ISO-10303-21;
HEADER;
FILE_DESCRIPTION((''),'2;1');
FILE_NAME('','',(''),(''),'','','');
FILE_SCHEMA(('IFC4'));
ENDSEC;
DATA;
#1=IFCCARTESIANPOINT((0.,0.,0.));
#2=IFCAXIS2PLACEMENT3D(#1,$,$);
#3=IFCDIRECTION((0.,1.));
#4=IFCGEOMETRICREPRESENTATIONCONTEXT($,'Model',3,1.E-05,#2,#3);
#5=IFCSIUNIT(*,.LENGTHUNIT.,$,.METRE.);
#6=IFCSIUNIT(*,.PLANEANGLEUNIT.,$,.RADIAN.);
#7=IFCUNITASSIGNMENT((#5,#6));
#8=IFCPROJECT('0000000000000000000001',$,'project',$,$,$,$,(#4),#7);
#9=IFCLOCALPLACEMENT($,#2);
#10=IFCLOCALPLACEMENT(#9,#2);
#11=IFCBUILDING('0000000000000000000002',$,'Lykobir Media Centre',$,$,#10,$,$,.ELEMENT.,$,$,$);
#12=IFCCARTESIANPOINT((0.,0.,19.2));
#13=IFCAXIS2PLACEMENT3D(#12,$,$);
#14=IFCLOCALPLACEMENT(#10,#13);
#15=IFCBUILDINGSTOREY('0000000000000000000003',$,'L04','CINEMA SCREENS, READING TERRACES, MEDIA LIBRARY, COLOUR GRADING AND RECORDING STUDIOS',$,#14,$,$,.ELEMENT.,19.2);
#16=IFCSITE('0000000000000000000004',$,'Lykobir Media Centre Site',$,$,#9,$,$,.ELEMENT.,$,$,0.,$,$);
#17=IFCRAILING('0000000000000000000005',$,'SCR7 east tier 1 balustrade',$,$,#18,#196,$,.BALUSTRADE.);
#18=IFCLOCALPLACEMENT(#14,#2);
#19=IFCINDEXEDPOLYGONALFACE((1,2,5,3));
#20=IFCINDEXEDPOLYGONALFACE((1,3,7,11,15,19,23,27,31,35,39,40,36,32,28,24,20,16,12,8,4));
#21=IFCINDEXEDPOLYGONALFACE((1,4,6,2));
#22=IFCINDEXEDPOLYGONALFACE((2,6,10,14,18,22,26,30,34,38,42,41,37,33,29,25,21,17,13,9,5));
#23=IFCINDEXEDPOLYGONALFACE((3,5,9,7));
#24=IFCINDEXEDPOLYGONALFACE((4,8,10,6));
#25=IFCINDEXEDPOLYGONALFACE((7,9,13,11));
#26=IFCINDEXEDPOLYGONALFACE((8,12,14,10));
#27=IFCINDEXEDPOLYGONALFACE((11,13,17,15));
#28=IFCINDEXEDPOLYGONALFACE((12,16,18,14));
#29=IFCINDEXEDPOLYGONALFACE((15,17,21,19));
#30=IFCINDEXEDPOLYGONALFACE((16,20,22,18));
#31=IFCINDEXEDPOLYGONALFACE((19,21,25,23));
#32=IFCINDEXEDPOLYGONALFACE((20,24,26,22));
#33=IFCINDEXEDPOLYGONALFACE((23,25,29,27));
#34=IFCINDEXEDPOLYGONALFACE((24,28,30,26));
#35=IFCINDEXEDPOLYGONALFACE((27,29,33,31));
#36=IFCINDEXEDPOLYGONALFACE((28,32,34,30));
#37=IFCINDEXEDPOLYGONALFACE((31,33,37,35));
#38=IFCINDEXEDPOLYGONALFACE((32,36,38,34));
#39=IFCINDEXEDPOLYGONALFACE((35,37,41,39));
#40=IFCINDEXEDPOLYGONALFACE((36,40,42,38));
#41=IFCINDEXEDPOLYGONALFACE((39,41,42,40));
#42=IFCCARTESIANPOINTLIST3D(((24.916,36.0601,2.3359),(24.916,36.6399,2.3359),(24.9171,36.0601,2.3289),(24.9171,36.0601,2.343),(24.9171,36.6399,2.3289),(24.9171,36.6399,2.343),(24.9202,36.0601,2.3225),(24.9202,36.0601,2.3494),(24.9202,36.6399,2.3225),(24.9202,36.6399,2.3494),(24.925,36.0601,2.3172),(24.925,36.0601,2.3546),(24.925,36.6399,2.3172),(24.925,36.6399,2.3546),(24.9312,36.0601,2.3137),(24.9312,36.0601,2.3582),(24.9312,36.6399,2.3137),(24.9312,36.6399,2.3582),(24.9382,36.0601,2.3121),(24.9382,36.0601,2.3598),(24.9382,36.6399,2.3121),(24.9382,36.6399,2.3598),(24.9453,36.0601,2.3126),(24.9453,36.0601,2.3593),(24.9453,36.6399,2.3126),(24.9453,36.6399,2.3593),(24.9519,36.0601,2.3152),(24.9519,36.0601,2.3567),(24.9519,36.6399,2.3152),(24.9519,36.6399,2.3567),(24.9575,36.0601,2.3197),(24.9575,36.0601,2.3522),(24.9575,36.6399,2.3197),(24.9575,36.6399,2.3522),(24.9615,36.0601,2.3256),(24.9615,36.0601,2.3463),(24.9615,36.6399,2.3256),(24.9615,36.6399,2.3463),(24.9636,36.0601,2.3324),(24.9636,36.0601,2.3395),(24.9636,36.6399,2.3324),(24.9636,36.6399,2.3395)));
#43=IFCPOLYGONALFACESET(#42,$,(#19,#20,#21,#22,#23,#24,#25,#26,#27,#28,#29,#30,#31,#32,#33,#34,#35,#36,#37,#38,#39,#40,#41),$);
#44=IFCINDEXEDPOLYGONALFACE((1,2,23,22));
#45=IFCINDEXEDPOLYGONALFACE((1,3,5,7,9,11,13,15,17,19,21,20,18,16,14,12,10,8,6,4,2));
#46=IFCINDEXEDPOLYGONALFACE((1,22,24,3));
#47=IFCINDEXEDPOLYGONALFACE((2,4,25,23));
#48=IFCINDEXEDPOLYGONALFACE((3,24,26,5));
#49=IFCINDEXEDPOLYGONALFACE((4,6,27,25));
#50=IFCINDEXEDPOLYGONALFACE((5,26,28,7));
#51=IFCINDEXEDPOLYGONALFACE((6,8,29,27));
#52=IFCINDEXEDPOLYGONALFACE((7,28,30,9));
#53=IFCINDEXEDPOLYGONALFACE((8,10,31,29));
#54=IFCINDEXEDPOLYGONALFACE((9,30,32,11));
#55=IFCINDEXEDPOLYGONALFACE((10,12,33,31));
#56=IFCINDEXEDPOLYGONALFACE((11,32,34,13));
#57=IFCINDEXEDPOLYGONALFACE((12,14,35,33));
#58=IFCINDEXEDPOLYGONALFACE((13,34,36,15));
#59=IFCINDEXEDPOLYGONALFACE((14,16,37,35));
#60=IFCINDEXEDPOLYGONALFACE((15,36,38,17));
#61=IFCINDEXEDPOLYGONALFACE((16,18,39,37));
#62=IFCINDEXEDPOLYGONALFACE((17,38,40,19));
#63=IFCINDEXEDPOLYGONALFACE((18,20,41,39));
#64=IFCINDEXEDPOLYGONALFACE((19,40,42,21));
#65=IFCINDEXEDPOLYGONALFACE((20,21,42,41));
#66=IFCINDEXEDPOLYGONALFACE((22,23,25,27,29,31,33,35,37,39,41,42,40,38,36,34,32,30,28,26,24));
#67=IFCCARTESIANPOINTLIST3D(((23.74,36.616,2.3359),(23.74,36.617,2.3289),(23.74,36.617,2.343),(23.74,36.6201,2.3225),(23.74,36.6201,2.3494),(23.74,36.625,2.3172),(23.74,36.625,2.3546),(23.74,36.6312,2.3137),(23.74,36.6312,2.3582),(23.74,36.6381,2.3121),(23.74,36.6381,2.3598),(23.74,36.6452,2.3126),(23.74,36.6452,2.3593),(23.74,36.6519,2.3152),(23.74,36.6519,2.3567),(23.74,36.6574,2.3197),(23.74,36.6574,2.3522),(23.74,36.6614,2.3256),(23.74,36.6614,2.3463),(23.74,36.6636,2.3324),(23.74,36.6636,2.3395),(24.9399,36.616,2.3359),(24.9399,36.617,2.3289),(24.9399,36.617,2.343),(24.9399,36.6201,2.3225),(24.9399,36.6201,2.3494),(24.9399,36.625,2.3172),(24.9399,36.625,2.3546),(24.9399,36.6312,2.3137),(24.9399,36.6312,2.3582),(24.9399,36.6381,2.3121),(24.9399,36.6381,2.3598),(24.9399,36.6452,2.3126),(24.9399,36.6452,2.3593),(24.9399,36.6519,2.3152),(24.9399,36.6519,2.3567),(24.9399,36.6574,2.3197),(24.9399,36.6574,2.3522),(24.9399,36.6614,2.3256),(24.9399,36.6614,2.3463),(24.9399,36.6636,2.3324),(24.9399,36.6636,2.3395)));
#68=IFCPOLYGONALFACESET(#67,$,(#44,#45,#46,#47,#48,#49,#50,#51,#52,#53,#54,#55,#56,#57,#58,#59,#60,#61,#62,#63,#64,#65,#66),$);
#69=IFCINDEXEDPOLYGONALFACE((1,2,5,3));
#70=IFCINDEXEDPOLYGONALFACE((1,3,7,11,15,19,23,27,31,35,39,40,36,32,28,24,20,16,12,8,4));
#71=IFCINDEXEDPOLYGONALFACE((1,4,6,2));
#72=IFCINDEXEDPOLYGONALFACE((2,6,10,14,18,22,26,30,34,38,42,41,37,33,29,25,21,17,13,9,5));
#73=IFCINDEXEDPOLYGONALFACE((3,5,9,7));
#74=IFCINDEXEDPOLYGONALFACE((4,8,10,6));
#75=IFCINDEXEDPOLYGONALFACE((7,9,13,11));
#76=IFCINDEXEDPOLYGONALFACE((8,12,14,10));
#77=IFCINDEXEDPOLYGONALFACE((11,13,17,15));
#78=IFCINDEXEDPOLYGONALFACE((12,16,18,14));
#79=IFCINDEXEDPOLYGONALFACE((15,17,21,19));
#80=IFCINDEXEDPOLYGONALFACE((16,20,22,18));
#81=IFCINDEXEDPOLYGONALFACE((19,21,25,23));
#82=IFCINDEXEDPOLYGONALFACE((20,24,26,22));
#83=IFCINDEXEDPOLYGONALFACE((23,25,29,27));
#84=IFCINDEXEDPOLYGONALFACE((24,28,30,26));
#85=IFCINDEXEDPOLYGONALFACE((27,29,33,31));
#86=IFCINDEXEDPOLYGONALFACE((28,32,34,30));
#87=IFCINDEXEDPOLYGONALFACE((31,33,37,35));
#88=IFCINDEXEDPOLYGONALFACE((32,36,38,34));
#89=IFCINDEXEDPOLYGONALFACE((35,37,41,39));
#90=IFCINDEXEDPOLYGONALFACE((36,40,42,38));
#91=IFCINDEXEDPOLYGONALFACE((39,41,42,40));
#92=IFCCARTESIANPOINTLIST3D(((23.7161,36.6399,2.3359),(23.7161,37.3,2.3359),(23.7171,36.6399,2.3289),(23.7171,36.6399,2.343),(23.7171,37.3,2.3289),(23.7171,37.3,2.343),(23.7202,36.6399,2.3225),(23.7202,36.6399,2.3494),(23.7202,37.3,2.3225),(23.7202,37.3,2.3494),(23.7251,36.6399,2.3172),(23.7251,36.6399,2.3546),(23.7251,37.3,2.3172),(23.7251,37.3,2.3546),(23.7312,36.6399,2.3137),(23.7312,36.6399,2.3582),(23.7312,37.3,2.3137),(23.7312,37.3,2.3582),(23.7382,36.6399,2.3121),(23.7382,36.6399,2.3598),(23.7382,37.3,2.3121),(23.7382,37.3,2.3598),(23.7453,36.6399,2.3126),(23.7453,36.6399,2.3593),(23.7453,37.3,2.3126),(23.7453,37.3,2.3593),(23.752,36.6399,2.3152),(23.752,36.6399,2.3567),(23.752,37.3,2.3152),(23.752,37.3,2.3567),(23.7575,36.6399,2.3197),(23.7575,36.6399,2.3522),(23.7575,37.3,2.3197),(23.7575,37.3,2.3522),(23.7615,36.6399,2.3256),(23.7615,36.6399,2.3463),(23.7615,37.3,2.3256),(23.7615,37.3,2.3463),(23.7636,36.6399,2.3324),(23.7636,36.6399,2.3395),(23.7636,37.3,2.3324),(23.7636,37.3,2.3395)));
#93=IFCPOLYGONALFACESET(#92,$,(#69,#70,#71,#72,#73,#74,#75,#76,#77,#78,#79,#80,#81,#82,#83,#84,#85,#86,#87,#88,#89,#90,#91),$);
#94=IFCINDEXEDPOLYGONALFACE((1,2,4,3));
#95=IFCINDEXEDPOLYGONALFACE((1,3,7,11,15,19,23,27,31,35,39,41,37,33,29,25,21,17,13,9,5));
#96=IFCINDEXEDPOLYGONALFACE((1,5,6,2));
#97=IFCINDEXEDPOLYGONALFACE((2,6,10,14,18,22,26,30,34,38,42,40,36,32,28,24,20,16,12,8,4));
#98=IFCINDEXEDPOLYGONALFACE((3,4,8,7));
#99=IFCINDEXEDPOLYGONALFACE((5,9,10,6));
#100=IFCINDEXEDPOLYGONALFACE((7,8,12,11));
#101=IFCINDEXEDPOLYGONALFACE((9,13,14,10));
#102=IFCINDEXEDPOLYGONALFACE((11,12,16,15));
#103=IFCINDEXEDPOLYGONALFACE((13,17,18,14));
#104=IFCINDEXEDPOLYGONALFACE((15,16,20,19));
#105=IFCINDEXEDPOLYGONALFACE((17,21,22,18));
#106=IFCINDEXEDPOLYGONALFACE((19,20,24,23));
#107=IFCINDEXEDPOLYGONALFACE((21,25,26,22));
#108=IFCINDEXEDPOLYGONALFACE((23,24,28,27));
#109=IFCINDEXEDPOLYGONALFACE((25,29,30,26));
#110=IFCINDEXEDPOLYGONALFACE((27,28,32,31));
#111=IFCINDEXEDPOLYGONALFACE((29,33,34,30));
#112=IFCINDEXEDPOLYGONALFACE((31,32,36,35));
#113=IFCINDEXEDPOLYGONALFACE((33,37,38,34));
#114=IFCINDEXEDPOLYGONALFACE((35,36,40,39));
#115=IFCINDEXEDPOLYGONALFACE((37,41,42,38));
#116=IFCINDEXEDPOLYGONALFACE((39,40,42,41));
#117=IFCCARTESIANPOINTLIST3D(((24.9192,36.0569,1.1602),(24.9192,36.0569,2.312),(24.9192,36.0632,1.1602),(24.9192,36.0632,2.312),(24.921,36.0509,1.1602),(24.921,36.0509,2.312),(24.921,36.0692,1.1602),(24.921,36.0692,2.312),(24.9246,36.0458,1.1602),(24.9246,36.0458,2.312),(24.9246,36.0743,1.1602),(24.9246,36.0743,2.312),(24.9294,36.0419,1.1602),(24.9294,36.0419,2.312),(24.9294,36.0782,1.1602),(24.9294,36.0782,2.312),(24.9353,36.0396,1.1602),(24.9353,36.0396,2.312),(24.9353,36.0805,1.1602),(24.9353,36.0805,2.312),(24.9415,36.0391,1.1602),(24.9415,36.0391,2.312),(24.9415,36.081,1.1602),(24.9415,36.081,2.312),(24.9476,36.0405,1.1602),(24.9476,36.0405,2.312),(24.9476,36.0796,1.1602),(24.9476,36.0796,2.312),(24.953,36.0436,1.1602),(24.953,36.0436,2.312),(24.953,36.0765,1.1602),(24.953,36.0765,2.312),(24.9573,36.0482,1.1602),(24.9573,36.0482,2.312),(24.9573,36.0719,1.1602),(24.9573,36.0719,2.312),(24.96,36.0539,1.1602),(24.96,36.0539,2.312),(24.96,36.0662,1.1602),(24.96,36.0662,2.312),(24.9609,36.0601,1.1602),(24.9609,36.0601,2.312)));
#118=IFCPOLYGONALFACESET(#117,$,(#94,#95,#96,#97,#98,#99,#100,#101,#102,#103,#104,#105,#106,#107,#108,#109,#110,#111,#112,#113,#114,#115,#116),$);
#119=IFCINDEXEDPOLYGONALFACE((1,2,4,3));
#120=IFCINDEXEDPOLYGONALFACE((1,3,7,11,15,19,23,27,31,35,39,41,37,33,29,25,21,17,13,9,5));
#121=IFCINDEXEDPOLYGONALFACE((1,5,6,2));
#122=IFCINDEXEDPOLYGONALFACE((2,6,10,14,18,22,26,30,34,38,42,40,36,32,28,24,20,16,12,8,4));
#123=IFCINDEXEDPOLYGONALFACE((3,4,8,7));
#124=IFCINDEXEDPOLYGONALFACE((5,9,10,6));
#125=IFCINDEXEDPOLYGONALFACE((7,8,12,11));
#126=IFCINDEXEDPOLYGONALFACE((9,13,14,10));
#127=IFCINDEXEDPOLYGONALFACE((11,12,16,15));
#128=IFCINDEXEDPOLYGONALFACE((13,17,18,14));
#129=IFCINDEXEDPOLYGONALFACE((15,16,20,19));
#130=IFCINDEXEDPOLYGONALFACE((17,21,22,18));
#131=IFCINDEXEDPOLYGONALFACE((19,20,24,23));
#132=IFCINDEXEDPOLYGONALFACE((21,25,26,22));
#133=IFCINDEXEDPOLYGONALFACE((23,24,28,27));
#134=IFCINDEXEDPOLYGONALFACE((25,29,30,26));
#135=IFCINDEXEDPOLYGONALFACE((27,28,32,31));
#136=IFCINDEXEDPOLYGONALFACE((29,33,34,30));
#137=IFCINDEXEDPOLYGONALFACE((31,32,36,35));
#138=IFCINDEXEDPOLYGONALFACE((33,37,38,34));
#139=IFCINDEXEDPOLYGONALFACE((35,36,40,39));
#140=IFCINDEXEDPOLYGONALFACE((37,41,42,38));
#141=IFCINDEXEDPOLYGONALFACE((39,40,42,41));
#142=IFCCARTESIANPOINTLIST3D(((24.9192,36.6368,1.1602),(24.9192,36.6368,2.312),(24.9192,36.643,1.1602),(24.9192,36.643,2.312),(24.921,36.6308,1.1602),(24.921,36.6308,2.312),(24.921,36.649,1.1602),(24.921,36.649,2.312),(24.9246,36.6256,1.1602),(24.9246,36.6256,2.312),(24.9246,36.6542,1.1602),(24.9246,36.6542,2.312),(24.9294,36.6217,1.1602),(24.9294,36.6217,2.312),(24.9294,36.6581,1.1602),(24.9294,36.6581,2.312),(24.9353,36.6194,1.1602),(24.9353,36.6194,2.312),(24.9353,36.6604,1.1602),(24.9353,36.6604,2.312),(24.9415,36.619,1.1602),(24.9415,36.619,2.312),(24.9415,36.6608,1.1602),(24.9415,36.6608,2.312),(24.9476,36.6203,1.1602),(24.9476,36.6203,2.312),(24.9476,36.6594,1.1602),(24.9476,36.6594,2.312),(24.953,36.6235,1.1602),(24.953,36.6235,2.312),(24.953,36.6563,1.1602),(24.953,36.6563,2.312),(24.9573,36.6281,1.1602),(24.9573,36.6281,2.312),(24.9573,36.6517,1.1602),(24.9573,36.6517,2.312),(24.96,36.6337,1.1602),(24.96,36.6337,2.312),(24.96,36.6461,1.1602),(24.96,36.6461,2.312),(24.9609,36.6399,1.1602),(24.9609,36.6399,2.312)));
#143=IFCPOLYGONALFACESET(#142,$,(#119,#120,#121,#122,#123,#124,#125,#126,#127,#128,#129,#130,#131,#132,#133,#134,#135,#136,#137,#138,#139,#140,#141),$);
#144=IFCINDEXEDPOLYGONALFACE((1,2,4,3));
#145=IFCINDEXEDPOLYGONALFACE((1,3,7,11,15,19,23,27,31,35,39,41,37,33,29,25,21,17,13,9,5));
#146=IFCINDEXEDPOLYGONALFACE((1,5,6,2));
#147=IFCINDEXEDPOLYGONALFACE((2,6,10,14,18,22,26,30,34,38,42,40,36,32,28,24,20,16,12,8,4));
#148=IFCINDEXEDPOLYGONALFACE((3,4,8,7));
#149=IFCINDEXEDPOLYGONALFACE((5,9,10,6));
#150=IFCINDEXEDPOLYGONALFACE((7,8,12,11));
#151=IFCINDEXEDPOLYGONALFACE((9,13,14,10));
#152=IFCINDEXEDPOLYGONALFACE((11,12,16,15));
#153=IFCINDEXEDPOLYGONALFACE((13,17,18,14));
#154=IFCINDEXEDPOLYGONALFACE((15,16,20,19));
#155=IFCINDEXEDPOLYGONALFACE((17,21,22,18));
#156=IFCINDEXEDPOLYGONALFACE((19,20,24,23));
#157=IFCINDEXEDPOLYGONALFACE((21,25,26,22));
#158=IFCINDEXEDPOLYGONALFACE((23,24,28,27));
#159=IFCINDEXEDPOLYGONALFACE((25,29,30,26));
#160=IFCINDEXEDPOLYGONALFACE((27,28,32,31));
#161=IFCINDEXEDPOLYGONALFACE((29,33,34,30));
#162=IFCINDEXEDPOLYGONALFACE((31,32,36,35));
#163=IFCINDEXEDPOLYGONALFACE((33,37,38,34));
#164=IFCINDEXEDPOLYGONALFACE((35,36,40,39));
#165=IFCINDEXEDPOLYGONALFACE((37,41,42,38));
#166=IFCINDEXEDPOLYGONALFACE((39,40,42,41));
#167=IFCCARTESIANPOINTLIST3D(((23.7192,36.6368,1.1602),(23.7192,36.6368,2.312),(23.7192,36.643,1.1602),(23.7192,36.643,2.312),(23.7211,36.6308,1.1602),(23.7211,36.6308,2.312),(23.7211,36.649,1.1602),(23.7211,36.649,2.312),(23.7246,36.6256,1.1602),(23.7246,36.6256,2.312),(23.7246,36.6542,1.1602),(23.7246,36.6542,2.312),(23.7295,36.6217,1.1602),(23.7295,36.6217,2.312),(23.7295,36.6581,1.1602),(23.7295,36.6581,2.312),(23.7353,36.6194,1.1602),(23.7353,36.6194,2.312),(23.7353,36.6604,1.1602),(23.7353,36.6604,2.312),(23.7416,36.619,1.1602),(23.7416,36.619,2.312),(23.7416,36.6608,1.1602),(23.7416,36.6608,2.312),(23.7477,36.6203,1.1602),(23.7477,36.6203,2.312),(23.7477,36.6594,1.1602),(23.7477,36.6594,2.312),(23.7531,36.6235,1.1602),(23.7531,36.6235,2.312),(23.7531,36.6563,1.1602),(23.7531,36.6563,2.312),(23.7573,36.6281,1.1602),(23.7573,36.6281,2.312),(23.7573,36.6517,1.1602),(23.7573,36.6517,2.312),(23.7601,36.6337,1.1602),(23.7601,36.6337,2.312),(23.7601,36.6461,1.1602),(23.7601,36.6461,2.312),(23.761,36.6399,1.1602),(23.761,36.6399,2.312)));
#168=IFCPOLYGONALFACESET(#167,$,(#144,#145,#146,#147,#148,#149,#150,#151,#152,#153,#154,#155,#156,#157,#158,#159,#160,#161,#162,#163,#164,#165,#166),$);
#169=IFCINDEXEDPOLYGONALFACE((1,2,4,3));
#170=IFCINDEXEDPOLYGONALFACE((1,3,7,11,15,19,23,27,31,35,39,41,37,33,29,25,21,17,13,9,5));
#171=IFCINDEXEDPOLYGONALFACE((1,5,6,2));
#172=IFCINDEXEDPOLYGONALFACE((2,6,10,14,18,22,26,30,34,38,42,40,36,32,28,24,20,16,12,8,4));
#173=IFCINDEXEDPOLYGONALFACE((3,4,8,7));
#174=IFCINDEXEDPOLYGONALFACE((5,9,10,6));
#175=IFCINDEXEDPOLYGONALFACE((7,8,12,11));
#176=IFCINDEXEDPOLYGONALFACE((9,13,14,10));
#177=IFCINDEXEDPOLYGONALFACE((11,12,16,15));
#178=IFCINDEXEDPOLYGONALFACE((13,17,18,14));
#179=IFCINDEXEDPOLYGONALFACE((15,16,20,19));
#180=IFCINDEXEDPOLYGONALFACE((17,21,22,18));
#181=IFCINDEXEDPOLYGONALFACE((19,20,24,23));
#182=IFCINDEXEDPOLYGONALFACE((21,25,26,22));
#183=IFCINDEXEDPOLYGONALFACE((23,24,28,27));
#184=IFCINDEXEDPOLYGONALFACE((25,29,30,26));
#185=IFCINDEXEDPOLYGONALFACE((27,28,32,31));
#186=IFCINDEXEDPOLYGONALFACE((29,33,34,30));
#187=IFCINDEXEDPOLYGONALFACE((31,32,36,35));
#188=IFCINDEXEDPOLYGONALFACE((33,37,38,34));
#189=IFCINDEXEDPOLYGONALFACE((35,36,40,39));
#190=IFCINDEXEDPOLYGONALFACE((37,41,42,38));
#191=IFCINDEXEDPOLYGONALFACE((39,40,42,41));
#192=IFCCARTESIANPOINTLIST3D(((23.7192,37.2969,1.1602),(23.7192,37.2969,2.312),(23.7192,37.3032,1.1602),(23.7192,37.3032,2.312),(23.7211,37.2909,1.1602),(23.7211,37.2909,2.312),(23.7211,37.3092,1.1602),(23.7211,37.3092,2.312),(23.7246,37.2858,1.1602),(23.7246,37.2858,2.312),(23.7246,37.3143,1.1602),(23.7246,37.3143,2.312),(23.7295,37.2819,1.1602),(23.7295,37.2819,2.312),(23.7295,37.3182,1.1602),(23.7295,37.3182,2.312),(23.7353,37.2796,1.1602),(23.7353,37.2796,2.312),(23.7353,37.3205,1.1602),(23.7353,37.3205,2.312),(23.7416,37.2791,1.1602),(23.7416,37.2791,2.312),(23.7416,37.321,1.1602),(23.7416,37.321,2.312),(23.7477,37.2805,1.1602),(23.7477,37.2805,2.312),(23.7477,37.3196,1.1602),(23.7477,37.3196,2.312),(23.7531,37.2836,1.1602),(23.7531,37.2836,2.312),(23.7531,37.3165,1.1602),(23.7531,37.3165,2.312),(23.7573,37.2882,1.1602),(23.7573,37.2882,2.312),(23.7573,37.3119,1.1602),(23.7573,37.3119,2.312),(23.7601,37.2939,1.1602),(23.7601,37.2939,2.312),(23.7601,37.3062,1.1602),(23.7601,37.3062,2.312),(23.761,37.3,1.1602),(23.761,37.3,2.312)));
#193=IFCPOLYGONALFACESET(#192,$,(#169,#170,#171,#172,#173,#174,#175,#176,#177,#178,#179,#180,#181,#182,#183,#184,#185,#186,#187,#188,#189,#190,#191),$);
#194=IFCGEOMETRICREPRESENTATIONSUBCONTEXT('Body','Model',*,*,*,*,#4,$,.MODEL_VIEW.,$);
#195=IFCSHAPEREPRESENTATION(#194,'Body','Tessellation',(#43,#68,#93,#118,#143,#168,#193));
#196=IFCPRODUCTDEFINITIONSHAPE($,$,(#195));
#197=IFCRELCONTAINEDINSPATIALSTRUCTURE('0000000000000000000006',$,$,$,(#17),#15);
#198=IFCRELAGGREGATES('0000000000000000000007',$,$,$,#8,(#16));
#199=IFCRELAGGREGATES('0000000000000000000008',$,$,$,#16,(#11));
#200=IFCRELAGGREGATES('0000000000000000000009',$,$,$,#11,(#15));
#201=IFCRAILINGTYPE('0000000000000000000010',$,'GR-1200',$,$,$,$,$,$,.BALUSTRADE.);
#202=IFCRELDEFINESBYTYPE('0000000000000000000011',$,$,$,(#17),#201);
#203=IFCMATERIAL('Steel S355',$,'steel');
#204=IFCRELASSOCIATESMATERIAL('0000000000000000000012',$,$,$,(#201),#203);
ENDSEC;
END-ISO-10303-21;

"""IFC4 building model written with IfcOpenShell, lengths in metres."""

from ifc_helpers import new_model, si_unit, direction, frame, origin, origin_2d, place, context, subcontext, project, spatial, circle, extrude, material, type_object, element, save


model = new_model("IFC4")

# Units and contexts
model_context = context("Model", 3, precision=1e-05, world=origin(), true_north=direction((0.0, 1.0)))
body_context = subcontext(model_context, "Body", "Model", "MODEL_VIEW")
ifc_project = project(units=[si_unit("LENGTHUNIT", "METRE"), si_unit("PLANEANGLEUNIT", "RADIAN")], contexts=[model_context])

# Site, building, storey
site_placement = place(None, origin())
site = spatial("IfcSite", under=ifc_project, at=site_placement, Name="Lykobir Media Centre Site", CompositionType="ELEMENT", RefElevation=0.0)
building_placement = place(site_placement, origin())
building = spatial("IfcBuilding", under=site, at=building_placement, Name="Lykobir Media Centre", CompositionType="ELEMENT")
storey_placement = place(building_placement, frame((0.0, 0.0, 19.2)))
storey = spatial("IfcBuildingStorey", under=building, at=storey_placement, Name="L04", Description="CINEMA SCREENS, READING TERRACES, MEDIA LIBRARY, COLOUR GRADING AND RECORDING STUDIOS", CompositionType="ELEMENT", Elevation=19.2)

# Shared definitions
ifc_material_1 = material(Name="Steel S355", Category="steel")

# Railing
railing_type = type_object("IfcRailingType", Name="GR-1200", PredefinedType="BALUSTRADE", material=ifc_material_1)
railing_1_placement = place(storey_placement, frame((24.9399, 36.0601, 1.1602)))
element("IfcRailing", 1, at=railing_1_placement, inside=storey, type_object=railing_type, Name="SCR7 east tier 1 balustrade", PredefinedType="BALUSTRADE", context=body_context, shape_type="SweptSolid", body=[
    extrude(circle(Radius=0.0239, at=origin_2d()), frame((0.0, 0.0, 1.1758), z_axis=(0.0, 1.0, 0.0), x_axis=(-1.0, 0.0, 0.0)), (0.0, 0.0, 1.0), 0.5798),
    extrude(circle(Radius=0.0239, at=origin_2d()), frame((0.0, 0.5798, 1.1758), z_axis=(-1.0, 0.0, 0.0), x_axis=(0.0, -1.0, 0.0)), (0.0, 0.0, 1.0), 1.2),
    extrude(circle(Radius=0.0239, at=origin_2d()), frame((-1.2, 0.5798, 1.1758), z_axis=(0.0, 1.0, 0.0), x_axis=(-1.0, 0.0, 0.0)), (0.0, 0.0, 1.0), 0.6602),
    extrude(circle(Radius=0.021, at=origin_2d()), origin(), (0.0, 0.0, 1.0), 1.1519),
    extrude(circle(Radius=0.021, at=origin_2d()), frame((0.0, 0.5798, 0.0)), (0.0, 0.0, 1.0), 1.1519),
    extrude(circle(Radius=0.021, at=origin_2d()), frame((-1.2, 0.5798, 0.0)), (0.0, 0.0, 1.0), 1.1519),
    extrude(circle(Radius=0.021, at=origin_2d()), frame((-1.2, 1.24, 0.0)), (0.0, 0.0, 1.0), 1.1519),
])

save(model, "model.ifc")
